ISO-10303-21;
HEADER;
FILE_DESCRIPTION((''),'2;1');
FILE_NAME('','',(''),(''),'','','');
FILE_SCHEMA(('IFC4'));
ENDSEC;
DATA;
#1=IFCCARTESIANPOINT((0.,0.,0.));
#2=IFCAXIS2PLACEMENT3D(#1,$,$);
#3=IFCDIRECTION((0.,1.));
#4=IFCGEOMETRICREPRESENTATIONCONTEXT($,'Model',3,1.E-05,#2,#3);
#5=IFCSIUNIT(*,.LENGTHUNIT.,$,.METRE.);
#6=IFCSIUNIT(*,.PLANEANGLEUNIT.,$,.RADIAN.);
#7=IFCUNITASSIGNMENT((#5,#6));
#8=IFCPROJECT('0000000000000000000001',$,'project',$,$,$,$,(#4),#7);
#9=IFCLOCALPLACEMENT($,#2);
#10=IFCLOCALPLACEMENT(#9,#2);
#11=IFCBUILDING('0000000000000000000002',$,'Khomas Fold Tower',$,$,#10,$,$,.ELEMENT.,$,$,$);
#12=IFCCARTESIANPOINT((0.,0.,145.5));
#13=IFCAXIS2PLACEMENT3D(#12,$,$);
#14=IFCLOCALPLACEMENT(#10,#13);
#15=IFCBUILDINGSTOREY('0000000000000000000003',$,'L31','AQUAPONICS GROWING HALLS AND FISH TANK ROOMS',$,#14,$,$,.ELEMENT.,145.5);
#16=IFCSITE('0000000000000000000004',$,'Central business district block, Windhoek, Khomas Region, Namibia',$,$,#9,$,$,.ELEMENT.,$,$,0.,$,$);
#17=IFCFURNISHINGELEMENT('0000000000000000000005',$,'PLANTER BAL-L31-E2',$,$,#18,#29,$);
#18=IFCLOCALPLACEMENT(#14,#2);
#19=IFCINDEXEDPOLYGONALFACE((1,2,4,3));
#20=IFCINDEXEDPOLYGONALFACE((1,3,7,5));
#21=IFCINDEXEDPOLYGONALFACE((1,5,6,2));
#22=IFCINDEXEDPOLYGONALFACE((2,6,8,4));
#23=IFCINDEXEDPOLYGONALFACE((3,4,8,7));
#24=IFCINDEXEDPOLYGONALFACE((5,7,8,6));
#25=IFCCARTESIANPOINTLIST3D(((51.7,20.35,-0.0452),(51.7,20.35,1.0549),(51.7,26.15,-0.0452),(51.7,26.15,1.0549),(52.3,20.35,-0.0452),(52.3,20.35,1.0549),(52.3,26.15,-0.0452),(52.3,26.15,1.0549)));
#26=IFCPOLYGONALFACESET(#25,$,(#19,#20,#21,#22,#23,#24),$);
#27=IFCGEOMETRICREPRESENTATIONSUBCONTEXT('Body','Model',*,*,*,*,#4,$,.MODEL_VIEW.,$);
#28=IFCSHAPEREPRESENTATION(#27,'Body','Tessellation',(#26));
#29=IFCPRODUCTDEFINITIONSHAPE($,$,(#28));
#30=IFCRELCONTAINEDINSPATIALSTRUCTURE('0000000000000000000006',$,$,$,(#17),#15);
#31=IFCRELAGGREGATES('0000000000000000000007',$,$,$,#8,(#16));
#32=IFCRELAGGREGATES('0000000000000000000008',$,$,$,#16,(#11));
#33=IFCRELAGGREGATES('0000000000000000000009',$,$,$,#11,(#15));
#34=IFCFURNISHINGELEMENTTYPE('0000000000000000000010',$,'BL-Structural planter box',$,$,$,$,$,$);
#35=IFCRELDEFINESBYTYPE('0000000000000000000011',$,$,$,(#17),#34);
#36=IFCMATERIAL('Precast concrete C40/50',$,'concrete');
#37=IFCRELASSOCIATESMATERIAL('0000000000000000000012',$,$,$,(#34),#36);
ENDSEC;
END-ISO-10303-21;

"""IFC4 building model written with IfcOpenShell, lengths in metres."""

from ifc_helpers import new_model, si_unit, direction, frame, origin, origin_2d, place, context, subcontext, project, spatial, rectangle, extrude, source, transform, mapped, material, type_object, element, save


model = new_model("IFC4")

# Units and contexts
model_context = context("Model", 3, precision=1e-05, world=origin(), true_north=direction((0.0, 1.0)))
body_context = subcontext(model_context, "Body", "Model", "MODEL_VIEW")
ifc_project = project(units=[si_unit("LENGTHUNIT", "METRE"), si_unit("PLANEANGLEUNIT", "RADIAN")], contexts=[model_context])

# Site, building, storey
site_placement = place(None, origin())
site = spatial("IfcSite", under=ifc_project, at=site_placement, Name="Central business district block, Windhoek, Khomas Region, Namibia", CompositionType="ELEMENT", RefElevation=0.0)
building_placement = place(site_placement, origin())
building = spatial("IfcBuilding", under=site, at=building_placement, Name="Khomas Fold Tower", CompositionType="ELEMENT")
storey_placement = place(building_placement, frame((0.0, 0.0, 145.5)))
storey = spatial("IfcBuildingStorey", under=building, at=storey_placement, Name="L31", Description="AQUAPONICS GROWING HALLS AND FISH TANK ROOMS", CompositionType="ELEMENT", Elevation=145.5)

# Furnishing element
ifc_material_1 = material(Name="Precast concrete C40/50", Category="concrete")
furnishing_element_type_1 = type_object("IfcFurnishingElementType", Name="BL-Structural planter box", material=ifc_material_1)
shared_shape_1 = source(origin(), body_context, "Body", "SweptSolid", [
    extrude(rectangle(XDim=5.8, YDim=0.6001, at=origin_2d()), origin(), (0.0, 0.0, 1.0), 1.1001),
])
furnishing_1_placement = place(storey_placement, frame((52.0, 23.25, -0.0452), z_axis=(0.0, 0.0, 1.0), x_axis=(0.0, 1.0, 0.0)))
element("IfcFurnishingElement", 1, at=furnishing_1_placement, inside=storey, type_object=furnishing_element_type_1, Name="PLANTER BAL-L31-E2", context=body_context, shape_type="MappedRepresentation", body=[
    mapped(shared_shape_1, transform((0.0, 0.0, 0.0))),
])

save(model, "model.ifc")
